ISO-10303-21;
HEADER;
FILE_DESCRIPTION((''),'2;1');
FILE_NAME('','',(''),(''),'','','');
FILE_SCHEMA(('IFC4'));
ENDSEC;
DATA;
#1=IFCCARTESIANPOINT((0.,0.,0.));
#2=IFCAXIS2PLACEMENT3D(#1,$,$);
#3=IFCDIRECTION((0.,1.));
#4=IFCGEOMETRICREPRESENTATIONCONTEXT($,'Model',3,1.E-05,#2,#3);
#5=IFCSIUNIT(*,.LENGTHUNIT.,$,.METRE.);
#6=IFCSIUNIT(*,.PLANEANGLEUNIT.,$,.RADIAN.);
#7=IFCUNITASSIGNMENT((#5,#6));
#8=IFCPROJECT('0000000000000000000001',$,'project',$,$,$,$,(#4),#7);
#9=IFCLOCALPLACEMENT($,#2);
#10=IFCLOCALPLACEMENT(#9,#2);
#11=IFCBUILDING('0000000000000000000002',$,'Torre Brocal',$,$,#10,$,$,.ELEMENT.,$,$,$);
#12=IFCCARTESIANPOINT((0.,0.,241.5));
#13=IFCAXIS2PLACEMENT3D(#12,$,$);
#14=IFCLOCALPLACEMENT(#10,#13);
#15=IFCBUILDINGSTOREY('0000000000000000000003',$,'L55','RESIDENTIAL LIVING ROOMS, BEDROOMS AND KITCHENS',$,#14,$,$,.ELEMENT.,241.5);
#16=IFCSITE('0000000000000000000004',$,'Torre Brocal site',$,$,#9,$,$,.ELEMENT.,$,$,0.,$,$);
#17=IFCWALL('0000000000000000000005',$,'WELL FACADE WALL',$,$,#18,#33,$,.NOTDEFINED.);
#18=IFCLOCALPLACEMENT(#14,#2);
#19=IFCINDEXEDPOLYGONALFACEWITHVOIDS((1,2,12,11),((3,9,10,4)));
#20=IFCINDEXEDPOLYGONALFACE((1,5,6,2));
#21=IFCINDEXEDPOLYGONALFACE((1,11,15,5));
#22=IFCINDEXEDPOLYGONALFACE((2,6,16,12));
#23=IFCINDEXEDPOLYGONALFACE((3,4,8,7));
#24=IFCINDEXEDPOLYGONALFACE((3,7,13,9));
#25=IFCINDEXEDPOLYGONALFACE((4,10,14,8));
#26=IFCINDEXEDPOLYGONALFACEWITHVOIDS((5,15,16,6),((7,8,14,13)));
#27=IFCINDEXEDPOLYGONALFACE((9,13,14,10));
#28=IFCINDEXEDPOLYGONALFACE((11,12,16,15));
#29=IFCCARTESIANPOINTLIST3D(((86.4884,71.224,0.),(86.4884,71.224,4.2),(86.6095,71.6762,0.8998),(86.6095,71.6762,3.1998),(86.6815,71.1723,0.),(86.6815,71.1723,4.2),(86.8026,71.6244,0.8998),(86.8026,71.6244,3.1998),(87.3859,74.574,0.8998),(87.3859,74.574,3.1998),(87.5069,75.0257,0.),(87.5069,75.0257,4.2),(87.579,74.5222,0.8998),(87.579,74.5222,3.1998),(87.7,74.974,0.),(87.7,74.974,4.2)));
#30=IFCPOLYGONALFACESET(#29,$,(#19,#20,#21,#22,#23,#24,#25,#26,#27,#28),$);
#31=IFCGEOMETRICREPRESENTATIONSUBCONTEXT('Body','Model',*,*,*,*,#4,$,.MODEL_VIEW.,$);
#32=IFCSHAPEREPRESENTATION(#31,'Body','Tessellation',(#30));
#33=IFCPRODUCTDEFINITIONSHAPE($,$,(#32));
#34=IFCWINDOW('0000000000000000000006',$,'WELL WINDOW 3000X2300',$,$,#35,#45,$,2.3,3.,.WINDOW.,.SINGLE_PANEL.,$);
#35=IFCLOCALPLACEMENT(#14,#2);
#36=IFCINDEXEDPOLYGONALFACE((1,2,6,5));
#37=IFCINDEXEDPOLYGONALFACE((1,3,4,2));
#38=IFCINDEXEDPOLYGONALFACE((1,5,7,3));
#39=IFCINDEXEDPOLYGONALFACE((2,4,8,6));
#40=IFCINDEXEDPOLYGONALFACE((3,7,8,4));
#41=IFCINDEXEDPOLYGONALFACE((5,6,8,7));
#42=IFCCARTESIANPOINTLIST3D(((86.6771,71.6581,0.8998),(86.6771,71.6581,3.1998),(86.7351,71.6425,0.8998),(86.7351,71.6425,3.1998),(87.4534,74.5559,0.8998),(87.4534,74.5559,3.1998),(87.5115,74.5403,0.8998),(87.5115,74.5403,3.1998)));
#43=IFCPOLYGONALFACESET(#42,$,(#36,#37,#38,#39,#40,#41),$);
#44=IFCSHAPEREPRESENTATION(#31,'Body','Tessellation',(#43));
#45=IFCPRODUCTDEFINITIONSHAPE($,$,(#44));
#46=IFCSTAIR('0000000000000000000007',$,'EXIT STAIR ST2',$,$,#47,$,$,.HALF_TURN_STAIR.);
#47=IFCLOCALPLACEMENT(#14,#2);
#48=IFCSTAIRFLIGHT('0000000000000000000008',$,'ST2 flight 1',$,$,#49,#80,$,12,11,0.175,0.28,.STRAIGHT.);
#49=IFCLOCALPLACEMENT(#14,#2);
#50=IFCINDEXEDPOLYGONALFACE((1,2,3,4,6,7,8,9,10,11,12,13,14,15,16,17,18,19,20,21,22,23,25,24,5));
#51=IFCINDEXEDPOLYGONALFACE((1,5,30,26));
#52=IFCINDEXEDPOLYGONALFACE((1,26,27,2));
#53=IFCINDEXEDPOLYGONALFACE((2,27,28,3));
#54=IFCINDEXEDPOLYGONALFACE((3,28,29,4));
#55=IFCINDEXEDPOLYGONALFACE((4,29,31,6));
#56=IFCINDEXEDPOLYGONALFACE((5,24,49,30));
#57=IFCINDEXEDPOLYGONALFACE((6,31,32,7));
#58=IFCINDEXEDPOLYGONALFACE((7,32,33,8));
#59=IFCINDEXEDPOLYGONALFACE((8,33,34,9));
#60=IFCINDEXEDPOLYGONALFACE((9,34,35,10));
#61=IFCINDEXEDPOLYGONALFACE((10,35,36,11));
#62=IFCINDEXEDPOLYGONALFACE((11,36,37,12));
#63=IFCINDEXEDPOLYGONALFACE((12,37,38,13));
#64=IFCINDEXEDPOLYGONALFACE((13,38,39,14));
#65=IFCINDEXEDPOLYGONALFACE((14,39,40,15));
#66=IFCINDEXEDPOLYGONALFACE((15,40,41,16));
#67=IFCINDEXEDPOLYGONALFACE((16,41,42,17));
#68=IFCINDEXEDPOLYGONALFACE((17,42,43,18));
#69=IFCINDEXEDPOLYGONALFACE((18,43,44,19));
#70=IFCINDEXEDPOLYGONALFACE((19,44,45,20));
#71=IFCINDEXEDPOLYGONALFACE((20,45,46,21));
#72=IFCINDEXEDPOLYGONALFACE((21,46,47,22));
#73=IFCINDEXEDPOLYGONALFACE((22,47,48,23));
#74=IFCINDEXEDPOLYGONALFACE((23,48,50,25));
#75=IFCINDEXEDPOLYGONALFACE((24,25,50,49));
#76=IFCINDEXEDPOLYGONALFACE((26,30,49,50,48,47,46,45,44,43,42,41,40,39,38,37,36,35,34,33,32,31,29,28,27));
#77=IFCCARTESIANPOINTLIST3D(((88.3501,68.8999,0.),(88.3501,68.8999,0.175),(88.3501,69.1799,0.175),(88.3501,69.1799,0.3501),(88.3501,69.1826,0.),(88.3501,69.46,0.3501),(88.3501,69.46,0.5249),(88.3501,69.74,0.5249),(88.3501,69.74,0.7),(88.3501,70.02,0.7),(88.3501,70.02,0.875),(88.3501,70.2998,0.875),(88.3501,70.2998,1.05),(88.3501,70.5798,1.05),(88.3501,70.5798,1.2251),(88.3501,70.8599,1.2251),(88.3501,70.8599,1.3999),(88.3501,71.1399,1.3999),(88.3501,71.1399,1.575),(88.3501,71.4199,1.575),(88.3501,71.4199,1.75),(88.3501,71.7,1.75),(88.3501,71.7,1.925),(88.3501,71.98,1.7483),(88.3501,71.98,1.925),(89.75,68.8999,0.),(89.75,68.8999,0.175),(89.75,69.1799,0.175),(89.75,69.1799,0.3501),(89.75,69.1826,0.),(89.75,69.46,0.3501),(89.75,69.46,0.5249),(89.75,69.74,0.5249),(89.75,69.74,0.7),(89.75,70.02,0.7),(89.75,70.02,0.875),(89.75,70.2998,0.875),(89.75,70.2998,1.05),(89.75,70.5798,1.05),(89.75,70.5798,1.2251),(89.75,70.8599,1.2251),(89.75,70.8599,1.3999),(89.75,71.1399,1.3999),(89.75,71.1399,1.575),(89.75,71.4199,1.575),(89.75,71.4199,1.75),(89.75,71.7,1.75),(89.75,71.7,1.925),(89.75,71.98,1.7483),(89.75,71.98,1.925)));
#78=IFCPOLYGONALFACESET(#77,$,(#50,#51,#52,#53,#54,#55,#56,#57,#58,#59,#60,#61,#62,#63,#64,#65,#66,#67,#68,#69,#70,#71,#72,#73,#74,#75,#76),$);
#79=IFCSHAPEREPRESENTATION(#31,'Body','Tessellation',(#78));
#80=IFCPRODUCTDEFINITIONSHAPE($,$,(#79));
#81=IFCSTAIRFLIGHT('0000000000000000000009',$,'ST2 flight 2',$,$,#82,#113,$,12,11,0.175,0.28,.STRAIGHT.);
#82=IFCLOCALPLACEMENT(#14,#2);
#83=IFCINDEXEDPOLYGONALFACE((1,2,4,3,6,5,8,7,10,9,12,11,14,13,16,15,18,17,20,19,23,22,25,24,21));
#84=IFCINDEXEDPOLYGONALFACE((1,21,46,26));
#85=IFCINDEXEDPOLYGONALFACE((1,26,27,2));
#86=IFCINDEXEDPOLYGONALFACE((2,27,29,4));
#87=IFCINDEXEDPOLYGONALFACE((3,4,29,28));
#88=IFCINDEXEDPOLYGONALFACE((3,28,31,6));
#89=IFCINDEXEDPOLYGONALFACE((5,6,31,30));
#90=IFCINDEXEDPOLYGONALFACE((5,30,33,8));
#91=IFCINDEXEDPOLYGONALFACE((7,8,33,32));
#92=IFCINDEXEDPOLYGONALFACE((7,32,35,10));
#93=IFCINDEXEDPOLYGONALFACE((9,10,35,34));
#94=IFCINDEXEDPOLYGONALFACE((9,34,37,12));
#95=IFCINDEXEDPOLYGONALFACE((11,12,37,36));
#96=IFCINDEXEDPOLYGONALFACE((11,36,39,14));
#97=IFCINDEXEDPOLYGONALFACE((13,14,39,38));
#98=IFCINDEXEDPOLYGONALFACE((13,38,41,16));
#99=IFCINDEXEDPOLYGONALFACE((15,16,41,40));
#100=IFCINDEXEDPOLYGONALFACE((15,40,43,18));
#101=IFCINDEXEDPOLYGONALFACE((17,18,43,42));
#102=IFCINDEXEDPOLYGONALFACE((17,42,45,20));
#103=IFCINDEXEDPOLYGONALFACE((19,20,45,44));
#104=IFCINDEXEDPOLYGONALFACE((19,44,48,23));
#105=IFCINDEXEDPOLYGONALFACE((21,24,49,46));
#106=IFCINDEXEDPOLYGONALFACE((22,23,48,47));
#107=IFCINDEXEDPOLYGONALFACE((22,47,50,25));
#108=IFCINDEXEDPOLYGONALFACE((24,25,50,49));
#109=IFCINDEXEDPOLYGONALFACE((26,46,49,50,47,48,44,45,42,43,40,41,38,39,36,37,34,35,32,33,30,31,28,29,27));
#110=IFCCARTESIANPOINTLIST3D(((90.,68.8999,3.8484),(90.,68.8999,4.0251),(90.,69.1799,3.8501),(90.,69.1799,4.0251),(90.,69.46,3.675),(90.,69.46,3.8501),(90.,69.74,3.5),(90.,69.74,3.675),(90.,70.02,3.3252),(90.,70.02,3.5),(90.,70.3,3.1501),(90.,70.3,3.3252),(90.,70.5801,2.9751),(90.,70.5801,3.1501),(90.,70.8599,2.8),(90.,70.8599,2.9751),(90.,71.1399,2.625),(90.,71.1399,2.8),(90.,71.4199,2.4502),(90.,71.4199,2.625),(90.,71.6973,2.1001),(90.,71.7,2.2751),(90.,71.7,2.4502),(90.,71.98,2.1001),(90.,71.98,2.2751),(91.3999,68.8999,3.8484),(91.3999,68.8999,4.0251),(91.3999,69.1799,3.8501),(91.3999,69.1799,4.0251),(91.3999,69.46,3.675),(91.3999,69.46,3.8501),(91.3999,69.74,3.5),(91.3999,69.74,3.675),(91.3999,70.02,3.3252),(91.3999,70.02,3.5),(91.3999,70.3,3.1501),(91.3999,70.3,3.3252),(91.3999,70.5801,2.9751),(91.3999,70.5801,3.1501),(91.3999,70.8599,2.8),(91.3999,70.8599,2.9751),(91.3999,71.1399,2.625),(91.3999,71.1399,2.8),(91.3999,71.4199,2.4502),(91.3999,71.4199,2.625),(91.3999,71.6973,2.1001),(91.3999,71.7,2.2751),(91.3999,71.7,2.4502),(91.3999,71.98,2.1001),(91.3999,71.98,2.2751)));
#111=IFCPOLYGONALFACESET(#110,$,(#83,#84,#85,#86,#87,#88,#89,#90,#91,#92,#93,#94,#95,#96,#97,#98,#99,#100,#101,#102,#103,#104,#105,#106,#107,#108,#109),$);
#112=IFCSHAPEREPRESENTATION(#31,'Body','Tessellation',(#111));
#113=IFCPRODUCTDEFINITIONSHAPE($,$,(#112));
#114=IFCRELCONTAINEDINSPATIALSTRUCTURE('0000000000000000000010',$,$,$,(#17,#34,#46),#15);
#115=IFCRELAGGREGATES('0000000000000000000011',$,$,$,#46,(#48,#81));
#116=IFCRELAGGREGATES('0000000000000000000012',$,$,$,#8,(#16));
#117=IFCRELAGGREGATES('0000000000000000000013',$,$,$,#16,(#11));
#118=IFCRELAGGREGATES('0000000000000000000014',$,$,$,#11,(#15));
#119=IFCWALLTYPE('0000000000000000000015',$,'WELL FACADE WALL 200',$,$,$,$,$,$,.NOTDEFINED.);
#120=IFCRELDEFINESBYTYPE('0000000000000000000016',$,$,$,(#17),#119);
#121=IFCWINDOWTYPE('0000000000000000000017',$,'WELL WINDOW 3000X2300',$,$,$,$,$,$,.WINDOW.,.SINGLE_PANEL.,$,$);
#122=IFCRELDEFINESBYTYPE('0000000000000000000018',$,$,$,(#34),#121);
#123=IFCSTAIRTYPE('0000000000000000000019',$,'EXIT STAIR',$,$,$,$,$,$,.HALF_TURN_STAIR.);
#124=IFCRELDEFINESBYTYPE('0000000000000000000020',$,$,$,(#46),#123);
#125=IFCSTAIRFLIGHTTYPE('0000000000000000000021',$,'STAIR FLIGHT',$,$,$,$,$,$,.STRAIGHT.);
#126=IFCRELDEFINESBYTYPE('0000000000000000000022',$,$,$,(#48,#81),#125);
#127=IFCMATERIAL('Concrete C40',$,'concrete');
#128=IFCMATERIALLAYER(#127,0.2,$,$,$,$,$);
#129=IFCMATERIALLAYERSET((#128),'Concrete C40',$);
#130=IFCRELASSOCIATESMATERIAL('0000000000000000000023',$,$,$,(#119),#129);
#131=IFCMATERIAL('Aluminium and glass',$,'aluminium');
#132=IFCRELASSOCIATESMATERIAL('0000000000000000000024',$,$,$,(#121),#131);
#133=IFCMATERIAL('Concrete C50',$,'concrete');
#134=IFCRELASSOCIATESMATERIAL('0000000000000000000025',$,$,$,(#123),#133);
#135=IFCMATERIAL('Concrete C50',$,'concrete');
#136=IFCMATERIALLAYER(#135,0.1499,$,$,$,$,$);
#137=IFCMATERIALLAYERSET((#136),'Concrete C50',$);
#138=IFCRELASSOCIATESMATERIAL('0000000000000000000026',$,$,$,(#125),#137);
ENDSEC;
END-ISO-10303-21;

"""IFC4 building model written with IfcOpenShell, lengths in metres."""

from ifc_helpers import new_model, si_unit, direction, frame, frame_2d, origin, place, context, subcontext, project, spatial, polyline, rectangle, outline, extrude, material, layer, layer_set, type_object, element, fill, aggregate, save


model = new_model("IFC4")

# Units and contexts
model_context = context("Model", 3, precision=1e-05, world=origin(), true_north=direction((0.0, 1.0)))
body_context = subcontext(model_context, "Body", "Model", "MODEL_VIEW")
ifc_project = project(units=[si_unit("LENGTHUNIT", "METRE"), si_unit("PLANEANGLEUNIT", "RADIAN")], contexts=[model_context])

# Site, building, storey
site_placement = place(None, origin())
site = spatial("IfcSite", under=ifc_project, at=site_placement, Name="Torre Brocal site", CompositionType="ELEMENT", RefElevation=0.0)
building_placement = place(site_placement, origin())
building = spatial("IfcBuilding", under=site, at=building_placement, Name="Torre Brocal", CompositionType="ELEMENT")
storey_placement = place(building_placement, frame((0.0, 0.0, 241.5)))
storey = spatial("IfcBuildingStorey", under=building, at=storey_placement, Name="L55", Description="RESIDENTIAL LIVING ROOMS, BEDROOMS AND KITCHENS", CompositionType="ELEMENT", Elevation=241.5)

# Wall, opening, window
ifc_material_1 = material(Name="Concrete C40", Category="concrete")
ifc_layer_1 = layer(ifc_material_1, 0.2)
ifc_layer_set_1 = layer_set([ifc_layer_1], Name="Concrete C40")
wall_type_1 = type_object("IfcWallType", Name="WELL FACADE WALL 200", PredefinedType="NOTDEFINED", material=ifc_layer_set_1)
ifc_material_2 = material(Name="Aluminium and glass", Category="aluminium")
window_type = type_object("IfcWindowType", Name="WELL WINDOW 3000X2300", PartitioningType="SINGLE_PANEL", PredefinedType="WINDOW", material=ifc_material_2)
wall_1_placement = place(storey_placement, frame((86.585, 71.1982, 0.0), z_axis=(0.0, 0.0, 1.0), x_axis=(0.25879, 0.965934, 0.0)))
wall_1 = element("IfcWall", 1, at=wall_1_placement, inside=storey, type_object=wall_type_1, Name="WELL FACADE WALL", PredefinedType="NOTDEFINED", context=body_context, shape_type="SweptSolid", body=[
    extrude(rectangle(XDim=3.9358, YDim=0.2, at=frame_2d((1.9678, 0.0))), origin(), (0.0, 0.0, 1.0), 4.2),
])
opening_1_placement = place(wall_1_placement, frame((0.468, 0.0, 0.8999)))
opening_1 = element("IfcOpeningElement", 2, at=opening_1_placement, cuts=wall_1, PredefinedType="OPENING", context=body_context, shape_type="SweptSolid", body=[
    extrude(rectangle(XDim=3.0, YDim=2.3, at=frame_2d((1.5, 1.1499))), frame((0.0, 0.1099, 0.0), z_axis=(0.0, -1.0, 0.0), x_axis=(1.0, 0.0, 0.0)), (0.0, 0.0, 1.0), 0.22),
])
window_1_placement = place(opening_1_placement, origin())
window_1 = element("IfcWindow", 3, at=window_1_placement, inside=storey, type_object=window_type, Name="WELL WINDOW 3000X2300", OverallHeight=2.3, OverallWidth=3.0, PartitioningType="SINGLE_PANEL", PredefinedType="WINDOW", context=body_context, shape_type="SweptSolid", body=[
    extrude(rectangle(XDim=3.0, YDim=2.3, at=frame_2d((1.5, 1.1499))), frame((0.0, 0.03, 0.0), z_axis=(0.0, -1.0, 0.0), x_axis=(1.0, 0.0, 0.0)), (0.0, 0.0, 1.0), 0.0601),
])
fill(opening_1, window_1)

# Stair, stair flights
ifc_material_3 = material(Name="Concrete C50", Category="concrete")
stair_type = type_object("IfcStairType", Name="EXIT STAIR", PredefinedType="HALF_TURN_STAIR", material=ifc_material_3)
stair_placement = place(storey_placement, origin())
stair = element("IfcStair", 4, at=stair_placement, inside=storey, type_object=stair_type, Name="EXIT STAIR ST2", PredefinedType="HALF_TURN_STAIR")
ifc_material_4 = material(Name="Concrete C50", Category="concrete")
ifc_layer_2 = layer(ifc_material_4, 0.1499)
ifc_layer_set_2 = layer_set([ifc_layer_2], Name="Concrete C50")
stair_flight_type = type_object("IfcStairFlightType", Name="STAIR FLIGHT", PredefinedType="STRAIGHT", material=ifc_layer_set_2)
stair_flight_1_placement = place(storey_placement, frame((89.05, 68.8999, 0.0), z_axis=(0.0, 0.0, 1.0), x_axis=(0.0, 1.0, 0.0)))
stair_flight_1 = element("IfcStairFlight", 5, at=stair_flight_1_placement, type_object=stair_flight_type, Name="ST2 flight 1", NumberOfRisers=12, NumberOfTreads=11, PredefinedType="STRAIGHT", RiserHeight=0.175, TreadLength=0.28, context=body_context, shape_type="SweptSolid", body=[
    extrude(outline(polyline([(0.0, 0.0), (0.0, 0.175), (0.28, 0.175), (0.28, 0.3501), (0.5601, 0.3501), (0.5601, 0.5249), (0.8401, 0.5249), (0.8401, 0.7), (1.1201, 0.7), (1.1201, 0.875), (1.3999, 0.875), (1.3999, 1.05), (1.6799, 1.05), (1.6799, 1.2251), (1.96, 1.2251), (1.96, 1.3999), (2.24, 1.3999), (2.24, 1.575), (2.52, 1.575), (2.52, 1.75), (2.8, 1.75), (2.8, 1.925), (3.0801, 1.925), (3.0801, 2.1001), (3.0801, 1.7483), (0.2827, 0.0), (0.0, 0.0)])), frame((0.0, 0.7, 0.0), z_axis=(0.0, -1.0, 0.0), x_axis=(1.0, 0.0, 0.0)), (0.0, 0.0, 1.0), 1.3999),
])
stair_flight_2_placement = place(storey_placement, frame((90.7, 71.98, 2.1001), z_axis=(0.0, 0.0, 1.0), x_axis=(0.0, -1.0, 0.0)))
stair_flight_2 = element("IfcStairFlight", 6, at=stair_flight_2_placement, type_object=stair_flight_type, Name="ST2 flight 2", NumberOfRisers=12, NumberOfTreads=11, PredefinedType="STRAIGHT", RiserHeight=0.175, TreadLength=0.28, context=body_context, shape_type="SweptSolid", body=[
    extrude(outline(polyline([(0.0, 0.0), (0.0, 0.175), (0.28, 0.175), (0.28, 0.3501), (0.5601, 0.3501), (0.5601, 0.5249), (0.8401, 0.5249), (0.8401, 0.7), (1.1201, 0.7), (1.1201, 0.875), (1.3999, 0.875), (1.3999, 1.05), (1.6799, 1.05), (1.6799, 1.2251), (1.96, 1.2251), (1.96, 1.3999), (2.24, 1.3999), (2.24, 1.575), (2.52, 1.575), (2.52, 1.75), (2.8, 1.75), (2.8, 1.925), (3.0801, 1.925), (3.0801, 2.1001), (3.0801, 1.7483), (0.2827, 0.0), (0.0, 0.0)])), frame((0.0, 0.7, 0.0), z_axis=(0.0, -1.0, 0.0), x_axis=(1.0, 0.0, 0.0)), (0.0, 0.0, 1.0), 1.3999),
])
aggregate(stair, [stair_flight_1, stair_flight_2])

save(model, "model.ifc")
